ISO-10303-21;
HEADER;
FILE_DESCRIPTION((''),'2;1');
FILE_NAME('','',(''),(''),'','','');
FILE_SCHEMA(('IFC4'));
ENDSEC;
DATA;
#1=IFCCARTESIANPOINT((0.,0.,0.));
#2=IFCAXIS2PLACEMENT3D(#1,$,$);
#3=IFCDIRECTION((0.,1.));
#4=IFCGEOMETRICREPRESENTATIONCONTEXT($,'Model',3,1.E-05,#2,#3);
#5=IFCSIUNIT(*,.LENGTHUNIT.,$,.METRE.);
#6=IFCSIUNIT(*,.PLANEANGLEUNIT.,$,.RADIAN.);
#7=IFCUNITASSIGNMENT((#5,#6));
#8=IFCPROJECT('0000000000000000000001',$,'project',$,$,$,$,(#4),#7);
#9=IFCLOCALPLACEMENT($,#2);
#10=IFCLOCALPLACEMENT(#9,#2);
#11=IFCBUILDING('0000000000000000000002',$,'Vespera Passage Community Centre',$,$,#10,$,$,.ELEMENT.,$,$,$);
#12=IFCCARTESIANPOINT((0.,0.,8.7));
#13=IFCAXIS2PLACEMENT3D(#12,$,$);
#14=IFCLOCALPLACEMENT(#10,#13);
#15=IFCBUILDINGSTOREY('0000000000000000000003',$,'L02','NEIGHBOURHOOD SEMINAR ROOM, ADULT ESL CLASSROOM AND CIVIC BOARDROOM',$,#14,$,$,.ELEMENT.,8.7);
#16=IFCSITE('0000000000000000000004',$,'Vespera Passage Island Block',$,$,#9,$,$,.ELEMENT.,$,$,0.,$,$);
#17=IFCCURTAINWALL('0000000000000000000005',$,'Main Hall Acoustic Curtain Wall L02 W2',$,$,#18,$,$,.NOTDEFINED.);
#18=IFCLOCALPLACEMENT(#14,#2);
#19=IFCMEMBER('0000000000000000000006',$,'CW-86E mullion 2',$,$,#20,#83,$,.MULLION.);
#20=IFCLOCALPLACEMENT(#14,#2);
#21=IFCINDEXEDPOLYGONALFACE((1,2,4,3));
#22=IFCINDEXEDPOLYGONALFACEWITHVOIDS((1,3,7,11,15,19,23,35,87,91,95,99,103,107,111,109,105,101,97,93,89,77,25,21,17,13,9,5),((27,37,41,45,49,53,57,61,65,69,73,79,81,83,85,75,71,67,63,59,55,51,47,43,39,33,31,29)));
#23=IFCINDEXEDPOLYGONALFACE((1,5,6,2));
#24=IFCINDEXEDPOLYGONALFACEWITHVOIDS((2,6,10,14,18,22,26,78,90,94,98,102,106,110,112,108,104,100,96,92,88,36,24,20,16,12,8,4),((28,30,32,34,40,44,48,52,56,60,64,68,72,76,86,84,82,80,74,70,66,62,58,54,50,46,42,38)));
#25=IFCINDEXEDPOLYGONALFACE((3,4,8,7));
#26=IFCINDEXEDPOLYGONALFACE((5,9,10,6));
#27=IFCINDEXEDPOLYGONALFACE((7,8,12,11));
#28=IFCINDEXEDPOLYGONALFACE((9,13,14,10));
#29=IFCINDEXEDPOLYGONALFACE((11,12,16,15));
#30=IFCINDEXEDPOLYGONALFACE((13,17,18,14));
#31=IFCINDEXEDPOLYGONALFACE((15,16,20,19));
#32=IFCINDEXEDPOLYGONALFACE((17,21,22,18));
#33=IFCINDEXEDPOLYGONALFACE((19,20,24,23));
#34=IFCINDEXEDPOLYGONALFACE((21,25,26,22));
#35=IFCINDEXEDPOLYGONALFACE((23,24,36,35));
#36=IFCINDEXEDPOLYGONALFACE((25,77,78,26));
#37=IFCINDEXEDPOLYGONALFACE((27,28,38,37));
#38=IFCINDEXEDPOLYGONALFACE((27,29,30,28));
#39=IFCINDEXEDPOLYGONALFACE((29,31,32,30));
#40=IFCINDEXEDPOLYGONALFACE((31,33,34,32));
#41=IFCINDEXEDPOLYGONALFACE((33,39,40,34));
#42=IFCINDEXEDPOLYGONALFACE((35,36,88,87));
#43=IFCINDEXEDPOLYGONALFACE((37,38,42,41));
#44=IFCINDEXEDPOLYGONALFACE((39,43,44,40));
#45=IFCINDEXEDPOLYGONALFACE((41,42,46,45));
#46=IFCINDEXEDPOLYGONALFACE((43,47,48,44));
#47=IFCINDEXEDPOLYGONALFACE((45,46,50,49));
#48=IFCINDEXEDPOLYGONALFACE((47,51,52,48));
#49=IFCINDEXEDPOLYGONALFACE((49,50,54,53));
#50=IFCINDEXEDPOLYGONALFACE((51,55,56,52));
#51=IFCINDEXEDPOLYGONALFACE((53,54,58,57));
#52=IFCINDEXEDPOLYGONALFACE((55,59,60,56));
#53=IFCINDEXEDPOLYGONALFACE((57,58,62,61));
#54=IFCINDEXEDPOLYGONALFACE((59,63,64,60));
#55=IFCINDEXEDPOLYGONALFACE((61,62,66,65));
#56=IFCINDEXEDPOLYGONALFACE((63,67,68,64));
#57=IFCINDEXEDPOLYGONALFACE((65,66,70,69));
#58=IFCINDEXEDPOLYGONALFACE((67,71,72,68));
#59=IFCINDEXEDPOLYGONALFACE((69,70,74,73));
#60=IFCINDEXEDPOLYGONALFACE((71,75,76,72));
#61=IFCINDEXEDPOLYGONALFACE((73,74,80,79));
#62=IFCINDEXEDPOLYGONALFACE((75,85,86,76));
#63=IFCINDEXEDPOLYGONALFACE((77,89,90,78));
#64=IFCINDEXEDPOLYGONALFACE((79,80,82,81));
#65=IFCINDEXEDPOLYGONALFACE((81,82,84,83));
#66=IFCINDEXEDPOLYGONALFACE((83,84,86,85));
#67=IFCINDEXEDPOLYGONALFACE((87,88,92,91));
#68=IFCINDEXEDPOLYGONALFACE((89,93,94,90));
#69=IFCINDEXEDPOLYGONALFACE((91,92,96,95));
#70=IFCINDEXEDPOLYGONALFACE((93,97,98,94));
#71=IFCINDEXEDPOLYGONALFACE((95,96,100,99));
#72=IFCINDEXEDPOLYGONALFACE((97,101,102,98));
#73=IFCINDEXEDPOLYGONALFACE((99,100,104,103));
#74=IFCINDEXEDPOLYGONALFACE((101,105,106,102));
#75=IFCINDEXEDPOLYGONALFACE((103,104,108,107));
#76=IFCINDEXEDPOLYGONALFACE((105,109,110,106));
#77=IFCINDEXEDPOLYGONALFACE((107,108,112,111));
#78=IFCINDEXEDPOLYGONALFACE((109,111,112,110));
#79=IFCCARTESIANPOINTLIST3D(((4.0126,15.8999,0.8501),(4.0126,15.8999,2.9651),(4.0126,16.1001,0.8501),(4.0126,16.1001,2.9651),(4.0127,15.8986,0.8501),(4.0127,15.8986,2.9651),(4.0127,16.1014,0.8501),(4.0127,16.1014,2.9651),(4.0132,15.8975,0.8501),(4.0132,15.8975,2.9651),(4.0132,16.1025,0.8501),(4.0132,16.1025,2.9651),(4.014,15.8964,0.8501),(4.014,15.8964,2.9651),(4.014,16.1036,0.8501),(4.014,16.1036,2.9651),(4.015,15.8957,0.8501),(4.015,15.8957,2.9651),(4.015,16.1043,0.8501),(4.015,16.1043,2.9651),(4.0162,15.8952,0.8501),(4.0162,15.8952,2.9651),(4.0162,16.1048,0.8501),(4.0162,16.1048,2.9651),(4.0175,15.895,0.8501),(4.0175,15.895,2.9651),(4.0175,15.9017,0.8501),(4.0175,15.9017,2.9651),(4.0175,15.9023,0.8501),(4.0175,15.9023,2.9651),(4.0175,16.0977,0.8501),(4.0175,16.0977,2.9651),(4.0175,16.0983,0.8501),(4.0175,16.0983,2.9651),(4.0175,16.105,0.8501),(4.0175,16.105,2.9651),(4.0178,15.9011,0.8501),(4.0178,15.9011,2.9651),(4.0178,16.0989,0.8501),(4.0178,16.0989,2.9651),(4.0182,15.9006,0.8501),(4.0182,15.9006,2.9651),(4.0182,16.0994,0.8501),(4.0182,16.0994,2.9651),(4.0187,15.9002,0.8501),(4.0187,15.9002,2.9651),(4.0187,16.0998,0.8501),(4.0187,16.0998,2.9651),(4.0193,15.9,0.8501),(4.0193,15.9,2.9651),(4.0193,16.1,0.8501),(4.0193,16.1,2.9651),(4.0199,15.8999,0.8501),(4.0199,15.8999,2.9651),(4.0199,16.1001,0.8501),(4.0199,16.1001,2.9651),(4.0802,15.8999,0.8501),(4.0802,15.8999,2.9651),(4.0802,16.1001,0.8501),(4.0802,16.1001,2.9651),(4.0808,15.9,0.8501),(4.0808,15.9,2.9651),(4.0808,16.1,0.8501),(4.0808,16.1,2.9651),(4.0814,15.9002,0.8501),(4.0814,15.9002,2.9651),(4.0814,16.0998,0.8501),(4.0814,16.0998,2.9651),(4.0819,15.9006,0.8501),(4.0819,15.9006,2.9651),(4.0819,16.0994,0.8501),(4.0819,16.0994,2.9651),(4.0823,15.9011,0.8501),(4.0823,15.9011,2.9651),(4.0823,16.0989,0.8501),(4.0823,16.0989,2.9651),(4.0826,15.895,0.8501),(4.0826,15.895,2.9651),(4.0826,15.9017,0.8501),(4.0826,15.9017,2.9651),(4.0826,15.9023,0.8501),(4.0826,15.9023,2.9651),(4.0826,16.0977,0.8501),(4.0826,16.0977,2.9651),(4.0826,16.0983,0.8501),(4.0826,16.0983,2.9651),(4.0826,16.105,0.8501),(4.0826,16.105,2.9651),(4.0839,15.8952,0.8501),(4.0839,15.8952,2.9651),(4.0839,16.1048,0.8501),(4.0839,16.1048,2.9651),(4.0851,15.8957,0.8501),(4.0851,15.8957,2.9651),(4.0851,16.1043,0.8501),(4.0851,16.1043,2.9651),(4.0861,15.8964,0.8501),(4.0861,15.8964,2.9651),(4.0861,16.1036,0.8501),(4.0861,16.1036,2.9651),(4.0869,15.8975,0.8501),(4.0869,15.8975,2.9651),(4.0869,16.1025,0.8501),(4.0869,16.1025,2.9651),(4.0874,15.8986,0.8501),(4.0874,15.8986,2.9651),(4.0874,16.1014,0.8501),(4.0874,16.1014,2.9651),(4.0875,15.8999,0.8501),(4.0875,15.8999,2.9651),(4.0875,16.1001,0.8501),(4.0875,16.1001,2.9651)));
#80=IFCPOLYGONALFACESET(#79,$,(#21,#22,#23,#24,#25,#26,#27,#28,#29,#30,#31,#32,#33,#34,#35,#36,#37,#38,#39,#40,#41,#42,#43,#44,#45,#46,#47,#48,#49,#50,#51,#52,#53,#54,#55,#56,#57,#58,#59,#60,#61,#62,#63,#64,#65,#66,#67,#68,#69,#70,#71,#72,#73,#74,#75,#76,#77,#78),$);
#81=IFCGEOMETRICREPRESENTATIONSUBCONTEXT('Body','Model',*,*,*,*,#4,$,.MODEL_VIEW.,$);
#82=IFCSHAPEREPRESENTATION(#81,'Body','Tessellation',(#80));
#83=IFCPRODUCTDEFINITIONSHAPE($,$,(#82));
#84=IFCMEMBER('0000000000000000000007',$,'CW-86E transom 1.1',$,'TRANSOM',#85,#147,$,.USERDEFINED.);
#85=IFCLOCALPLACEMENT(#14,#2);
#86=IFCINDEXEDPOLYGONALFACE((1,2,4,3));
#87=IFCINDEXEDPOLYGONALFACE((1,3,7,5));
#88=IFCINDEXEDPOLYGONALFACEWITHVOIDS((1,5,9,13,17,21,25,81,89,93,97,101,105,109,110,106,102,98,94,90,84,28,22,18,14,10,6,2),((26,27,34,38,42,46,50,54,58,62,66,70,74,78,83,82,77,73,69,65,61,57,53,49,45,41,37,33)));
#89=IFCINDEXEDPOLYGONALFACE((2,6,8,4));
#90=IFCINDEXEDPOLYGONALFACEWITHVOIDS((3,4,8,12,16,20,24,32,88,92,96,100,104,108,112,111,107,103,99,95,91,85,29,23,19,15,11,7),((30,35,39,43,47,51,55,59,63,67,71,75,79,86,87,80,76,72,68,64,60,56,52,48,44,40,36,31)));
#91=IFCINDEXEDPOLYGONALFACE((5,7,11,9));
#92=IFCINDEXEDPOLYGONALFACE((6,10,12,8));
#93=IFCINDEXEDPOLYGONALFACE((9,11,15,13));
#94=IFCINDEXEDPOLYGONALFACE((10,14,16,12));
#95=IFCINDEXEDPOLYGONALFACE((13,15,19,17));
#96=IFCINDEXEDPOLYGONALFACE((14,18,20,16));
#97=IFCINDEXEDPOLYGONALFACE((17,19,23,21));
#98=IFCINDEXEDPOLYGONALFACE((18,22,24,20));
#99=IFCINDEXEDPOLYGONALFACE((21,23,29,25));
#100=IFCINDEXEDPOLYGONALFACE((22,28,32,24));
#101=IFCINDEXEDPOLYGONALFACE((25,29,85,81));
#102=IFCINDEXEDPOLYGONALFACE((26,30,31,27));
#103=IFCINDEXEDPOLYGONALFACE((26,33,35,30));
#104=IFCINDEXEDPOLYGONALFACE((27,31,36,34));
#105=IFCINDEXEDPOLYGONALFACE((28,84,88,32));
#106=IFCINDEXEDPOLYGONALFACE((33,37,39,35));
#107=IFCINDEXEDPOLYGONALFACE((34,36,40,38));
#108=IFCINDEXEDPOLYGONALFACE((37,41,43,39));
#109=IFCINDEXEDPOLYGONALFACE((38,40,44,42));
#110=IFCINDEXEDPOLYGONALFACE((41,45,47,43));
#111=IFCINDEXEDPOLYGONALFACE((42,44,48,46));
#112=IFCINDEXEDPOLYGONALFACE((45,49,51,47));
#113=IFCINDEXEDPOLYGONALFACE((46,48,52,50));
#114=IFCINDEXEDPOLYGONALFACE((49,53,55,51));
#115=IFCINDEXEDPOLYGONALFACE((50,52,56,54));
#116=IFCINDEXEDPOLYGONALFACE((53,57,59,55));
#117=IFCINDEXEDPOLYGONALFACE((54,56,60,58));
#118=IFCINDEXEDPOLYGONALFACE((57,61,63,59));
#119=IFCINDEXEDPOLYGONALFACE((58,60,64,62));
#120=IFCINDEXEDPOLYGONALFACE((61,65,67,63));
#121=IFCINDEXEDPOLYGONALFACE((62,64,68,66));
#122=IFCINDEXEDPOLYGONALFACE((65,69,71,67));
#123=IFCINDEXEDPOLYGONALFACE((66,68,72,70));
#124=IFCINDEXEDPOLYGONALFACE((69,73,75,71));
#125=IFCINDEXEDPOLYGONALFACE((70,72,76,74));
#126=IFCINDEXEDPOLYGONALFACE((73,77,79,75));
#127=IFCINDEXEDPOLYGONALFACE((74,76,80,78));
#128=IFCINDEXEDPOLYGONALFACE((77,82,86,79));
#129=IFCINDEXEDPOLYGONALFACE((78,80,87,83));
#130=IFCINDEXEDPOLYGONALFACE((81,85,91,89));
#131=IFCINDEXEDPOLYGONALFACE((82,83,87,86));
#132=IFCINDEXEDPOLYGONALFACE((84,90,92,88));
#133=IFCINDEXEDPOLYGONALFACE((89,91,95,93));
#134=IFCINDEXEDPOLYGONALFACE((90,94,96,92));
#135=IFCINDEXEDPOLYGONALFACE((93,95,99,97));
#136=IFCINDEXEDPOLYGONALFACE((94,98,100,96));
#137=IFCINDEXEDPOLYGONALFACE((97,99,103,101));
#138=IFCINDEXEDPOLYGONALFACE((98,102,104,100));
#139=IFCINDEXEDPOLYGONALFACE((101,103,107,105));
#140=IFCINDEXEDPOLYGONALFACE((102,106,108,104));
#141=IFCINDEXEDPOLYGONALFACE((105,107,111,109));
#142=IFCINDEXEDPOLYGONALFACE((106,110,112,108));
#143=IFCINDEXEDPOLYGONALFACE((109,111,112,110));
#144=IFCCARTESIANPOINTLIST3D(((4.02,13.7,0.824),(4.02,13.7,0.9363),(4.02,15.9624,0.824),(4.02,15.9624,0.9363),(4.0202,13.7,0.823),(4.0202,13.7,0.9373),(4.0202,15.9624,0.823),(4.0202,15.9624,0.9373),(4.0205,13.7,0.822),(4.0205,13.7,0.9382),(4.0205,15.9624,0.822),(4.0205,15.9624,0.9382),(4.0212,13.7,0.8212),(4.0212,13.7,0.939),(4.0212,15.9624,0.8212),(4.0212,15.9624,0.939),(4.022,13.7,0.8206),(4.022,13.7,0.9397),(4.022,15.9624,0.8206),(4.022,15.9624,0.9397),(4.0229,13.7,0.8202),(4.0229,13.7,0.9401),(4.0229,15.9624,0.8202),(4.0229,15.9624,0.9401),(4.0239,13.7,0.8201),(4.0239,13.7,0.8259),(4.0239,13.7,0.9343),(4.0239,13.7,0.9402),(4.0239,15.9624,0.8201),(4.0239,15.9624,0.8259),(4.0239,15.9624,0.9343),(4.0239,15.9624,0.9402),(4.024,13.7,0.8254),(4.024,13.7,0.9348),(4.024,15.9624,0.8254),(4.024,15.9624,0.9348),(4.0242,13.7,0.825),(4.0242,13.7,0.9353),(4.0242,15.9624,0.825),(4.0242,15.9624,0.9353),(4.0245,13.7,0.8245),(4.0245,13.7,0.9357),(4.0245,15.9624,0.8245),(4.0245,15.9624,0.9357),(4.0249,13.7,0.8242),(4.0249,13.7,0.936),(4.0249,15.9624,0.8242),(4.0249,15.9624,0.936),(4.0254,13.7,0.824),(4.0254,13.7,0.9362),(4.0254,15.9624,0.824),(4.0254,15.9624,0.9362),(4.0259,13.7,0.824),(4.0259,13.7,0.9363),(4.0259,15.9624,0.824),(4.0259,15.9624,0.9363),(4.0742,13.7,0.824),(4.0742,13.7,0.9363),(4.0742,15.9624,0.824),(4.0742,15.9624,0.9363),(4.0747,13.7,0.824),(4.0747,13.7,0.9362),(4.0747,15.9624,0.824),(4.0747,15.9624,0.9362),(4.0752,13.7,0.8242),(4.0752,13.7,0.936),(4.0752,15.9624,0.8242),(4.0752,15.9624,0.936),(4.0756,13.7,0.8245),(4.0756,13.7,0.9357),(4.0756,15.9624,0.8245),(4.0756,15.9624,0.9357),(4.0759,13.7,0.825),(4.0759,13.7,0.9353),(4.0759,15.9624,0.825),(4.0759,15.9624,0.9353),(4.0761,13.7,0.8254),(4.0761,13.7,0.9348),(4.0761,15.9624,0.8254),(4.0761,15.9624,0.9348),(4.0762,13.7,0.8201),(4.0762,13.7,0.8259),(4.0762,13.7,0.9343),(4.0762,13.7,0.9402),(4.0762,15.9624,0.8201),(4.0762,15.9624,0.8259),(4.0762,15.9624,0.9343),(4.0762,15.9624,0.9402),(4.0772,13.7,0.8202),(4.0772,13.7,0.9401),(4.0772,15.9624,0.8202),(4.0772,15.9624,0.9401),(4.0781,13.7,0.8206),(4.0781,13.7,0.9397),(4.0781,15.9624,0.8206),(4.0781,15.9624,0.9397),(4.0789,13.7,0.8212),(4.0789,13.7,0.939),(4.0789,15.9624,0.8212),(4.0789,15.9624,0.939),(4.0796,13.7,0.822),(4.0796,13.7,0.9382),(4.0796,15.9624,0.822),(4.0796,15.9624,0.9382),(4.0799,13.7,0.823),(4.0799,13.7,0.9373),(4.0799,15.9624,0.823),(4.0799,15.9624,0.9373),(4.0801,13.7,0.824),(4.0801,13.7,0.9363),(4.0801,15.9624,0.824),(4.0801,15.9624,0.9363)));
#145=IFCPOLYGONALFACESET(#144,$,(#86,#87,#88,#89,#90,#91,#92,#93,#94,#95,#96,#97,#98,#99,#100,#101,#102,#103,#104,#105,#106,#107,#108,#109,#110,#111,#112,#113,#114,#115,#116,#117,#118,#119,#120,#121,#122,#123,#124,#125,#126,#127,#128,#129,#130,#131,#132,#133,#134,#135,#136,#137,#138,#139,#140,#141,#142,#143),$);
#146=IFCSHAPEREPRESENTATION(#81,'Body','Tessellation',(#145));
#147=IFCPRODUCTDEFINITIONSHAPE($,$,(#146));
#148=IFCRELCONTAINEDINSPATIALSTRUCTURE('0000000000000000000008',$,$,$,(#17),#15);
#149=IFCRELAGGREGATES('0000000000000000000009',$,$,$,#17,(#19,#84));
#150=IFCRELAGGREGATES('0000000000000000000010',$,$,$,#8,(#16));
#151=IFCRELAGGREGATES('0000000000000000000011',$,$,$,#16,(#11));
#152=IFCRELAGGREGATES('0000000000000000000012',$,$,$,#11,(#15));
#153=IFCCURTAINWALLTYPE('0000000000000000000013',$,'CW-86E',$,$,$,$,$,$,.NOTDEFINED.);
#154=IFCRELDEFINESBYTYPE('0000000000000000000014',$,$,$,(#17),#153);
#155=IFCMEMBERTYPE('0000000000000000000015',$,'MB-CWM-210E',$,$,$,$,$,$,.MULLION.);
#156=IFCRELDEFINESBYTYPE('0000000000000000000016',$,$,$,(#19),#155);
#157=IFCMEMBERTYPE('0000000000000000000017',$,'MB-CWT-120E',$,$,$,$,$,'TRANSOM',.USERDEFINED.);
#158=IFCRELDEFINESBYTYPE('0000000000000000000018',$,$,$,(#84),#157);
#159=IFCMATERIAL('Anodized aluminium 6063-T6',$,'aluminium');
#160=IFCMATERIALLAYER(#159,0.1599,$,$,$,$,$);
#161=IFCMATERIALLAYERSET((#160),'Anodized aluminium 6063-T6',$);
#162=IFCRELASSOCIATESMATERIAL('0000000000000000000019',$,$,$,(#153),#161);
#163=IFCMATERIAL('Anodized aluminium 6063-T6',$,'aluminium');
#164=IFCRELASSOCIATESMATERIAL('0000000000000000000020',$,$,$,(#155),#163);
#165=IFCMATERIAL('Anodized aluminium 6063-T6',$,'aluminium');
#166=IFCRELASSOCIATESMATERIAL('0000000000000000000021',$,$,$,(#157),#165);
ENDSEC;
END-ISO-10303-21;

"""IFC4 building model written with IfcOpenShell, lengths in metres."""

from ifc_helpers import new_model, si_unit, direction, frame, origin, origin_2d, place, context, subcontext, project, spatial, hollow_rectangle, extrude, material, layer, layer_set, material_profile, profile_set, type_object, element, aggregate, save


model = new_model("IFC4")

# Units and contexts
model_context = context("Model", 3, precision=1e-05, world=origin(), true_north=direction((0.0, 1.0)))
body_context = subcontext(model_context, "Body", "Model", "MODEL_VIEW")
ifc_project = project(units=[si_unit("LENGTHUNIT", "METRE"), si_unit("PLANEANGLEUNIT", "RADIAN")], contexts=[model_context])

# Site, building, storey
site_placement = place(None, origin())
site = spatial("IfcSite", under=ifc_project, at=site_placement, Name="Vespera Passage Island Block", CompositionType="ELEMENT", RefElevation=0.0)
building_placement = place(site_placement, origin())
building = spatial("IfcBuilding", under=site, at=building_placement, Name="Vespera Passage Community Centre", CompositionType="ELEMENT")
storey_placement = place(building_placement, frame((0.0, 0.0, 8.7)))
storey = spatial("IfcBuildingStorey", under=building, at=storey_placement, Name="L02", Description="NEIGHBOURHOOD SEMINAR ROOM, ADULT ESL CLASSROOM AND CIVIC BOARDROOM", CompositionType="ELEMENT", Elevation=8.7)

# Curtain wall, members
ifc_material_1 = material(Name="Anodized aluminium 6063-T6", Category="aluminium")
ifc_layer_1 = layer(ifc_material_1, 0.1599)
ifc_layer_set_1 = layer_set([ifc_layer_1], Name="Anodized aluminium 6063-T6")
curtain_wall_type_1 = type_object("IfcCurtainWallType", Name="CW-86E", PredefinedType="NOTDEFINED", material=ifc_layer_set_1)
curtain_wall_1_placement = place(storey_placement, origin())
curtain_wall_1 = element("IfcCurtainWall", 1, at=curtain_wall_1_placement, inside=storey, type_object=curtain_wall_type_1, Name="Main Hall Acoustic Curtain Wall L02 W2", PredefinedType="NOTDEFINED")
ifc_material_2 = material(Name="Anodized aluminium 6063-T6", Category="aluminium")
ifc_material_profile_1 = material_profile(ifc_material_2, hollow_rectangle(XDim=0.075, YDim=0.21, WallThickness=0.0049, InnerFilletRadius=0.0024, OuterFilletRadius=0.0049, at=origin_2d()), Name="ALU210X75X5")
ifc_profile_set_1 = profile_set([ifc_material_profile_1], Name="Anodized aluminium 6063-T6")
member_type_1 = type_object("IfcMemberType", Name="MB-CWM-210E", PredefinedType="MULLION", material=ifc_profile_set_1)
member_1_placement = place(storey_placement, frame((4.05, 16.0, 0.8501), z_axis=(0.0, 0.0, 1.0), x_axis=(-1.0, 0.0, 0.0)))
member_1 = element("IfcMember", 2, at=member_1_placement, type_object=member_type_1, Name="CW-86E mullion 2", PredefinedType="MULLION", context=body_context, shape_type="SweptSolid", body=[
    extrude(hollow_rectangle(XDim=0.075, YDim=0.21, WallThickness=0.0049, InnerFilletRadius=0.0024, OuterFilletRadius=0.0049, at=origin_2d()), origin(), (0.0, 0.0, 1.0), 2.115),
])
ifc_material_3 = material(Name="Anodized aluminium 6063-T6", Category="aluminium")
ifc_material_profile_2 = material_profile(ifc_material_3, hollow_rectangle(XDim=0.0601, YDim=0.1201, WallThickness=0.0039, InnerFilletRadius=0.002, OuterFilletRadius=0.0039, at=origin_2d()), Name="ALU120X60X4")
ifc_profile_set_2 = profile_set([ifc_material_profile_2], Name="Anodized aluminium 6063-T6")
member_type_2 = type_object("IfcMemberType", Name="MB-CWT-120E", ElementType="TRANSOM", PredefinedType="USERDEFINED", material=ifc_profile_set_2)
member_2_placement = place(storey_placement, frame((4.05, 13.7, 0.8801), z_axis=(0.0, 1.0, 0.0), x_axis=(-1.0, 0.0, 0.0)))
member_2 = element("IfcMember", 3, at=member_2_placement, type_object=member_type_2, Name="CW-86E transom 1.1", ObjectType="TRANSOM", PredefinedType="USERDEFINED", context=body_context, shape_type="SweptSolid", body=[
    extrude(hollow_rectangle(XDim=0.0601, YDim=0.1201, WallThickness=0.0039, InnerFilletRadius=0.002, OuterFilletRadius=0.0039, at=origin_2d()), origin(), (0.0, 0.0, 1.0), 2.2625),
])

aggregate(curtain_wall_1, [member_1, member_2])

save(model, "model.ifc")
